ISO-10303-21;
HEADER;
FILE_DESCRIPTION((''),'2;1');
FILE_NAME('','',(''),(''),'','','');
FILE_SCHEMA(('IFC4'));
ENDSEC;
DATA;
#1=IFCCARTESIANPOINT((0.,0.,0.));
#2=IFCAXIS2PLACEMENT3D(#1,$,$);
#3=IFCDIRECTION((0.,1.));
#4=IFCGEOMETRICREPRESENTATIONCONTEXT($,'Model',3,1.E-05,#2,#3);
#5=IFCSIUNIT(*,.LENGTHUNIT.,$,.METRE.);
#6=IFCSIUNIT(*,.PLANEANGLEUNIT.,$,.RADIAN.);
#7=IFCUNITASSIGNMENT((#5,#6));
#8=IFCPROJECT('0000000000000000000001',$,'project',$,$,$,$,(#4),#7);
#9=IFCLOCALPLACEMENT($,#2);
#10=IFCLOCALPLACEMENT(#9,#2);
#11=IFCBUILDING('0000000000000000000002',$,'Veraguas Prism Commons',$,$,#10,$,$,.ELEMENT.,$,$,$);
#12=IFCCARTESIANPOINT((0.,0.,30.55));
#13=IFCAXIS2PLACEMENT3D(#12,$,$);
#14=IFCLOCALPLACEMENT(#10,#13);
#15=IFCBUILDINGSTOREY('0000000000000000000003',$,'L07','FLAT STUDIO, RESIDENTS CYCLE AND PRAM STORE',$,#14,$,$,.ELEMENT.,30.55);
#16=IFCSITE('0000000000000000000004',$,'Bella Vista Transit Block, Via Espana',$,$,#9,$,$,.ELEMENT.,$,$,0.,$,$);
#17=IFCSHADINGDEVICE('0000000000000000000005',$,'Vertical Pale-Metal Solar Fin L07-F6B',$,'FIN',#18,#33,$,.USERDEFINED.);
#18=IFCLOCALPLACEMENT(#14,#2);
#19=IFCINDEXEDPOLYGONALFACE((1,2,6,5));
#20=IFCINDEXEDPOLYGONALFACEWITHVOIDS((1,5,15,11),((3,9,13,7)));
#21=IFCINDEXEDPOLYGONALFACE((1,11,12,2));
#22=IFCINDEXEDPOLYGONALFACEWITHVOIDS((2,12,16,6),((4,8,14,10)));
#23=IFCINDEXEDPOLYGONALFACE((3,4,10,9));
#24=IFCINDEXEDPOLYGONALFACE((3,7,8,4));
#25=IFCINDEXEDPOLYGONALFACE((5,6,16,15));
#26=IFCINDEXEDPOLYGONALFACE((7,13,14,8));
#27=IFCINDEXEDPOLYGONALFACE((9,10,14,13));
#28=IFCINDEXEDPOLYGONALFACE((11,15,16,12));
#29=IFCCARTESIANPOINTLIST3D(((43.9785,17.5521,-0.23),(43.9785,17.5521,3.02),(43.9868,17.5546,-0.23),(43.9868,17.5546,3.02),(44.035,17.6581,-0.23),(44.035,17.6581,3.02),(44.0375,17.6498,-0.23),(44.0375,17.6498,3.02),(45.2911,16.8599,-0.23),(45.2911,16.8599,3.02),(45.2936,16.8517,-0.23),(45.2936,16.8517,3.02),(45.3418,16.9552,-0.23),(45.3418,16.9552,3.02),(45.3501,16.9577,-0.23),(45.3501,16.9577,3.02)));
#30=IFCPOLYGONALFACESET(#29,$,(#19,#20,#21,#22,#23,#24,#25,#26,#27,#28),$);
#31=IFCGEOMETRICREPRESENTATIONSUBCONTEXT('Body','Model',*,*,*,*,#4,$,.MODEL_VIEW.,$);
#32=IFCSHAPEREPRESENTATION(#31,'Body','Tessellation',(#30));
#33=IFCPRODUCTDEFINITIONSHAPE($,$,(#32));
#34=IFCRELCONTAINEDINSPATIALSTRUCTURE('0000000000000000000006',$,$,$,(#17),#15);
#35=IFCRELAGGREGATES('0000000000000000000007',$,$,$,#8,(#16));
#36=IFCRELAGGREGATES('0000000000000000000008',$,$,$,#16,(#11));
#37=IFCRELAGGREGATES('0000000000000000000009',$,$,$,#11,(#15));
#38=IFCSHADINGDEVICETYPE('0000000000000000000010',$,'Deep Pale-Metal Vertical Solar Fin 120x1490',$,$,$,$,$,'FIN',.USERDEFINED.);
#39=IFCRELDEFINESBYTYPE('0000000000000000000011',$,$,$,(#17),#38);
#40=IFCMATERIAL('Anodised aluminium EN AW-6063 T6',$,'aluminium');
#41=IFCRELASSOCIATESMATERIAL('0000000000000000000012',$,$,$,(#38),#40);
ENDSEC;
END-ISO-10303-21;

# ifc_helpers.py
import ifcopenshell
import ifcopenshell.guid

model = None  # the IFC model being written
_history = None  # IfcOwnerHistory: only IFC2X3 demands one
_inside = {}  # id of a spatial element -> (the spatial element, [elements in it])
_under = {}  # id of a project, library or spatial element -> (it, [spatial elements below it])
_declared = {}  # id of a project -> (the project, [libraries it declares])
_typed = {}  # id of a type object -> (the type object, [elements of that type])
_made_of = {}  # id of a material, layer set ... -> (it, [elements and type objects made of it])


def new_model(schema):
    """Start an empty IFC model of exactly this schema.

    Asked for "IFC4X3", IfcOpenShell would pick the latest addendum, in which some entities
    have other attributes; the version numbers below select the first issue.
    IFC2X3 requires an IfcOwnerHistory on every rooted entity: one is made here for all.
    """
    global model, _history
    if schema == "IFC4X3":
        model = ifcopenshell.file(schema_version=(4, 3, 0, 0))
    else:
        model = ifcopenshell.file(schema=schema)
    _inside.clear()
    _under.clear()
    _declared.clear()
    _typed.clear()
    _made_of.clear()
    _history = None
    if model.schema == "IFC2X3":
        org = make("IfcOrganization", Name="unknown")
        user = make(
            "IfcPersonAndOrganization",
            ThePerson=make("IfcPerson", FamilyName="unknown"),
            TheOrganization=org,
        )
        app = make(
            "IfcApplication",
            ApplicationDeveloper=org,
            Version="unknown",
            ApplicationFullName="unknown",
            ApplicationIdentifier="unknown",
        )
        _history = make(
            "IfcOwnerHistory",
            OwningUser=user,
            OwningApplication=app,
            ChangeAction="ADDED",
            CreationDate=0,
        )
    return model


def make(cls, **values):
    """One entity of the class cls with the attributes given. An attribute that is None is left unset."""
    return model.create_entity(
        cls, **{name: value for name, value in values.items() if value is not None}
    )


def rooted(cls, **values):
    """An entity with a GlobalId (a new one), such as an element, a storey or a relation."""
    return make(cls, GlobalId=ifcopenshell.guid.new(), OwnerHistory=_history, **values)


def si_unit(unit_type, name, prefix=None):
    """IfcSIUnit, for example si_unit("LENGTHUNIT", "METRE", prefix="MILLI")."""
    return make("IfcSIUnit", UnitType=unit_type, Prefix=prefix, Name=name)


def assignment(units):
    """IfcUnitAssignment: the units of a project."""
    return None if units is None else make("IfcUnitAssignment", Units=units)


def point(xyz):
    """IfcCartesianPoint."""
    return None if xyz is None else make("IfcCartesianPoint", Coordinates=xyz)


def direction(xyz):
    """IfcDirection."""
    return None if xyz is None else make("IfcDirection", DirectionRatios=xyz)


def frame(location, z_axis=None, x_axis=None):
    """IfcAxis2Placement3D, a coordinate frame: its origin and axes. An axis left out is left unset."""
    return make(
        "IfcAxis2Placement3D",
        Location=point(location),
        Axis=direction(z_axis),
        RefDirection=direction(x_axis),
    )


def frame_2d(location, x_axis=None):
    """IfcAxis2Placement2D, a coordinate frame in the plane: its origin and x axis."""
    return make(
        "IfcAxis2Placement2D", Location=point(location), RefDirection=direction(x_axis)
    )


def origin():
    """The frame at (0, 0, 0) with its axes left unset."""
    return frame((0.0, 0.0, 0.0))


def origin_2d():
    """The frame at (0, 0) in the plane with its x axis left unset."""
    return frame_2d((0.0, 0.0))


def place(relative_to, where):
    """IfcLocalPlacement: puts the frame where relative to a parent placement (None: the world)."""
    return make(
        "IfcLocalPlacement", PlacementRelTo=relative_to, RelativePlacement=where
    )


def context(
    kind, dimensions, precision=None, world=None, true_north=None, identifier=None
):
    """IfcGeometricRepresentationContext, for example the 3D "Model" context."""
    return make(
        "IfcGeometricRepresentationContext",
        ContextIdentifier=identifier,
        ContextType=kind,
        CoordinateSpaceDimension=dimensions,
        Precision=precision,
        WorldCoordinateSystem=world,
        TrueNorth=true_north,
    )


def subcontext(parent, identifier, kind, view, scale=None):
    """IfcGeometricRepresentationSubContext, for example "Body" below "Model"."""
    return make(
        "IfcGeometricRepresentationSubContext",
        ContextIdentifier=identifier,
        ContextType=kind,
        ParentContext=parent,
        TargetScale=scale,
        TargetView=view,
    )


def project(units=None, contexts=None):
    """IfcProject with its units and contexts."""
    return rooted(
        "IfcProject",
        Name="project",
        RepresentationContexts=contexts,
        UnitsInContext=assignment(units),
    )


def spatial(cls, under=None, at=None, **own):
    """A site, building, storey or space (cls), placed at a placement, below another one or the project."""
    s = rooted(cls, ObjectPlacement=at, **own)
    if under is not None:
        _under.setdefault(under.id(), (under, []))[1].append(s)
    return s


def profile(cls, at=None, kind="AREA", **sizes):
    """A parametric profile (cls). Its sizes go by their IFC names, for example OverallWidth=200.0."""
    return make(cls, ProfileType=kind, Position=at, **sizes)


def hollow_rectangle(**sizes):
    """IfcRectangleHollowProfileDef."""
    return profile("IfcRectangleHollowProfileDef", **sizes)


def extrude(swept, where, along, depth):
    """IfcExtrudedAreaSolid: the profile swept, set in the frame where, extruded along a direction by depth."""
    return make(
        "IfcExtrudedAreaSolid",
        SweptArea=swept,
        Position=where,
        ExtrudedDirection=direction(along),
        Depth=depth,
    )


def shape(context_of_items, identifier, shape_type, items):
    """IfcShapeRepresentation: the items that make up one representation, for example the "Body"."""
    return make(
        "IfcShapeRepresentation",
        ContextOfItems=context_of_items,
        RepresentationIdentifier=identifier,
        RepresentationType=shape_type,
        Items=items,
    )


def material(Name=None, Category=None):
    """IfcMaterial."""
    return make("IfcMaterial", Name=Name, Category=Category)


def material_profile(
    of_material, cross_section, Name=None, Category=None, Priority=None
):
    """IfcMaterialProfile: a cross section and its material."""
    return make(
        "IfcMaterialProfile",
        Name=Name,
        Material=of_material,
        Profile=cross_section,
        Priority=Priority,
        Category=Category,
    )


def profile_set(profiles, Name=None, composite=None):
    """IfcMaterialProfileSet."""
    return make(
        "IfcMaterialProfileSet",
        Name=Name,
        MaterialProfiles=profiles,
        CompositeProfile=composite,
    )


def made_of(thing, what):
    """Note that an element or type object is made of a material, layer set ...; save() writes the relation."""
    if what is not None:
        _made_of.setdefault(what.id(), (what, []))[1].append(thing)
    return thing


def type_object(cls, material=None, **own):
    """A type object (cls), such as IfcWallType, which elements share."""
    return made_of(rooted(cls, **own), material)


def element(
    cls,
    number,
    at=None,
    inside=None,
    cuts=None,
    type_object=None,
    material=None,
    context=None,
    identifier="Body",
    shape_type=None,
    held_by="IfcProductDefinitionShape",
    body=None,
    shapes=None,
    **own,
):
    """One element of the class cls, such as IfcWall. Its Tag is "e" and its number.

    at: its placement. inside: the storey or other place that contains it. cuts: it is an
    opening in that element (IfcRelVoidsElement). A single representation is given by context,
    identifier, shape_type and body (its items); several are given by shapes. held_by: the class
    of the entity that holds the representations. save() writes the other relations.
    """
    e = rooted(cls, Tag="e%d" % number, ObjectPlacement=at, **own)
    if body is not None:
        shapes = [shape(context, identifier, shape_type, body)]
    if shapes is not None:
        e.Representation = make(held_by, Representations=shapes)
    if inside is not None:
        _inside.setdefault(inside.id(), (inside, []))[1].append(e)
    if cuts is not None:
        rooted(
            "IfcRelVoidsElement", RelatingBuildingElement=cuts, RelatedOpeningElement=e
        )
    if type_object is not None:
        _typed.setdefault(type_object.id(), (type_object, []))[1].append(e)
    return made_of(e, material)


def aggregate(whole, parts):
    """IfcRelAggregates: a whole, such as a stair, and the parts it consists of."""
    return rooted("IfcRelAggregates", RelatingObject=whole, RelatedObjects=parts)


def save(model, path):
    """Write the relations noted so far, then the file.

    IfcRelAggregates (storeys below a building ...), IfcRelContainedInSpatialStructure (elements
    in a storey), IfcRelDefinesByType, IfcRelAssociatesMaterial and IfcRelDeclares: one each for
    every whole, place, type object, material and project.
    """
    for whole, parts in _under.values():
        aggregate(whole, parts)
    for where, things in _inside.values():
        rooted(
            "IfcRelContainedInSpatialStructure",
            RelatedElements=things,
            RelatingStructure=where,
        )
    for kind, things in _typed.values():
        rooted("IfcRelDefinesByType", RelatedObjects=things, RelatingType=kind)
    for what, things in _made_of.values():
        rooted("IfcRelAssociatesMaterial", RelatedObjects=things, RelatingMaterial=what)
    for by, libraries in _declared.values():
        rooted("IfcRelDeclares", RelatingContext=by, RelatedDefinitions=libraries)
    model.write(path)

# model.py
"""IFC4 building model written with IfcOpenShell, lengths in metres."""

from ifc_helpers import new_model, si_unit, direction, frame, origin, origin_2d, place, context, subcontext, project, spatial, hollow_rectangle, extrude, material, material_profile, profile_set, type_object, element, save


model = new_model("IFC4")

# Units and contexts
model_context = context("Model", 3, precision=1e-05, world=origin(), true_north=direction((0.0, 1.0)))
body_context = subcontext(model_context, "Body", "Model", "MODEL_VIEW")
ifc_project = project(units=[si_unit("LENGTHUNIT", "METRE"), si_unit("PLANEANGLEUNIT", "RADIAN")], contexts=[model_context])

# Site, building, storey
site_placement = place(None, origin())
site = spatial("IfcSite", under=ifc_project, at=site_placement, Name="Bella Vista Transit Block, Via Espana", CompositionType="ELEMENT", RefElevation=0.0)
building_placement = place(site_placement, origin())
building = spatial("IfcBuilding", under=site, at=building_placement, Name="Veraguas Prism Commons", CompositionType="ELEMENT")
storey_placement = place(building_placement, frame((0.0, 0.0, 30.55)))
storey = spatial("IfcBuildingStorey", under=building, at=storey_placement, Name="L07", Description="FLAT STUDIO, RESIDENTS CYCLE AND PRAM STORE", CompositionType="ELEMENT", Elevation=30.55)

# Shared definitions
ifc_material_1 = material(Name="Anodised aluminium EN AW-6063 T6", Category="aluminium")

# Shading device
ifc_material_profile_1 = material_profile(ifc_material_1, hollow_rectangle(XDim=0.1201, YDim=1.49, WallThickness=0.0061, at=origin_2d()), Name="FIN120X1490X6")
ifc_profile_set_1 = profile_set([ifc_material_profile_1], Name="Anodised aluminium EN AW-6063 T6")
shading_device_type = type_object("IfcShadingDeviceType", Name="Deep Pale-Metal Vertical Solar Fin 120x1490", ElementType="FIN", PredefinedType="USERDEFINED", material=ifc_profile_set_1)
shading_device_placement = place(storey_placement, frame((44.6643, 17.2549, -0.23), z_axis=(0.0, 0.0, 1.0), x_axis=(0.470086, 0.88262, 0.0)))
element("IfcShadingDevice", 1, at=shading_device_placement, inside=storey, type_object=shading_device_type, Name="Vertical Pale-Metal Solar Fin L07-F6B", ObjectType="FIN", PredefinedType="USERDEFINED", context=body_context, shape_type="SweptSolid", body=[
    extrude(hollow_rectangle(XDim=0.1201, YDim=1.49, WallThickness=0.0061, at=origin_2d()), origin(), (0.0, 0.0, 1.0), 3.25),
])

save(model, "model.ifc")
